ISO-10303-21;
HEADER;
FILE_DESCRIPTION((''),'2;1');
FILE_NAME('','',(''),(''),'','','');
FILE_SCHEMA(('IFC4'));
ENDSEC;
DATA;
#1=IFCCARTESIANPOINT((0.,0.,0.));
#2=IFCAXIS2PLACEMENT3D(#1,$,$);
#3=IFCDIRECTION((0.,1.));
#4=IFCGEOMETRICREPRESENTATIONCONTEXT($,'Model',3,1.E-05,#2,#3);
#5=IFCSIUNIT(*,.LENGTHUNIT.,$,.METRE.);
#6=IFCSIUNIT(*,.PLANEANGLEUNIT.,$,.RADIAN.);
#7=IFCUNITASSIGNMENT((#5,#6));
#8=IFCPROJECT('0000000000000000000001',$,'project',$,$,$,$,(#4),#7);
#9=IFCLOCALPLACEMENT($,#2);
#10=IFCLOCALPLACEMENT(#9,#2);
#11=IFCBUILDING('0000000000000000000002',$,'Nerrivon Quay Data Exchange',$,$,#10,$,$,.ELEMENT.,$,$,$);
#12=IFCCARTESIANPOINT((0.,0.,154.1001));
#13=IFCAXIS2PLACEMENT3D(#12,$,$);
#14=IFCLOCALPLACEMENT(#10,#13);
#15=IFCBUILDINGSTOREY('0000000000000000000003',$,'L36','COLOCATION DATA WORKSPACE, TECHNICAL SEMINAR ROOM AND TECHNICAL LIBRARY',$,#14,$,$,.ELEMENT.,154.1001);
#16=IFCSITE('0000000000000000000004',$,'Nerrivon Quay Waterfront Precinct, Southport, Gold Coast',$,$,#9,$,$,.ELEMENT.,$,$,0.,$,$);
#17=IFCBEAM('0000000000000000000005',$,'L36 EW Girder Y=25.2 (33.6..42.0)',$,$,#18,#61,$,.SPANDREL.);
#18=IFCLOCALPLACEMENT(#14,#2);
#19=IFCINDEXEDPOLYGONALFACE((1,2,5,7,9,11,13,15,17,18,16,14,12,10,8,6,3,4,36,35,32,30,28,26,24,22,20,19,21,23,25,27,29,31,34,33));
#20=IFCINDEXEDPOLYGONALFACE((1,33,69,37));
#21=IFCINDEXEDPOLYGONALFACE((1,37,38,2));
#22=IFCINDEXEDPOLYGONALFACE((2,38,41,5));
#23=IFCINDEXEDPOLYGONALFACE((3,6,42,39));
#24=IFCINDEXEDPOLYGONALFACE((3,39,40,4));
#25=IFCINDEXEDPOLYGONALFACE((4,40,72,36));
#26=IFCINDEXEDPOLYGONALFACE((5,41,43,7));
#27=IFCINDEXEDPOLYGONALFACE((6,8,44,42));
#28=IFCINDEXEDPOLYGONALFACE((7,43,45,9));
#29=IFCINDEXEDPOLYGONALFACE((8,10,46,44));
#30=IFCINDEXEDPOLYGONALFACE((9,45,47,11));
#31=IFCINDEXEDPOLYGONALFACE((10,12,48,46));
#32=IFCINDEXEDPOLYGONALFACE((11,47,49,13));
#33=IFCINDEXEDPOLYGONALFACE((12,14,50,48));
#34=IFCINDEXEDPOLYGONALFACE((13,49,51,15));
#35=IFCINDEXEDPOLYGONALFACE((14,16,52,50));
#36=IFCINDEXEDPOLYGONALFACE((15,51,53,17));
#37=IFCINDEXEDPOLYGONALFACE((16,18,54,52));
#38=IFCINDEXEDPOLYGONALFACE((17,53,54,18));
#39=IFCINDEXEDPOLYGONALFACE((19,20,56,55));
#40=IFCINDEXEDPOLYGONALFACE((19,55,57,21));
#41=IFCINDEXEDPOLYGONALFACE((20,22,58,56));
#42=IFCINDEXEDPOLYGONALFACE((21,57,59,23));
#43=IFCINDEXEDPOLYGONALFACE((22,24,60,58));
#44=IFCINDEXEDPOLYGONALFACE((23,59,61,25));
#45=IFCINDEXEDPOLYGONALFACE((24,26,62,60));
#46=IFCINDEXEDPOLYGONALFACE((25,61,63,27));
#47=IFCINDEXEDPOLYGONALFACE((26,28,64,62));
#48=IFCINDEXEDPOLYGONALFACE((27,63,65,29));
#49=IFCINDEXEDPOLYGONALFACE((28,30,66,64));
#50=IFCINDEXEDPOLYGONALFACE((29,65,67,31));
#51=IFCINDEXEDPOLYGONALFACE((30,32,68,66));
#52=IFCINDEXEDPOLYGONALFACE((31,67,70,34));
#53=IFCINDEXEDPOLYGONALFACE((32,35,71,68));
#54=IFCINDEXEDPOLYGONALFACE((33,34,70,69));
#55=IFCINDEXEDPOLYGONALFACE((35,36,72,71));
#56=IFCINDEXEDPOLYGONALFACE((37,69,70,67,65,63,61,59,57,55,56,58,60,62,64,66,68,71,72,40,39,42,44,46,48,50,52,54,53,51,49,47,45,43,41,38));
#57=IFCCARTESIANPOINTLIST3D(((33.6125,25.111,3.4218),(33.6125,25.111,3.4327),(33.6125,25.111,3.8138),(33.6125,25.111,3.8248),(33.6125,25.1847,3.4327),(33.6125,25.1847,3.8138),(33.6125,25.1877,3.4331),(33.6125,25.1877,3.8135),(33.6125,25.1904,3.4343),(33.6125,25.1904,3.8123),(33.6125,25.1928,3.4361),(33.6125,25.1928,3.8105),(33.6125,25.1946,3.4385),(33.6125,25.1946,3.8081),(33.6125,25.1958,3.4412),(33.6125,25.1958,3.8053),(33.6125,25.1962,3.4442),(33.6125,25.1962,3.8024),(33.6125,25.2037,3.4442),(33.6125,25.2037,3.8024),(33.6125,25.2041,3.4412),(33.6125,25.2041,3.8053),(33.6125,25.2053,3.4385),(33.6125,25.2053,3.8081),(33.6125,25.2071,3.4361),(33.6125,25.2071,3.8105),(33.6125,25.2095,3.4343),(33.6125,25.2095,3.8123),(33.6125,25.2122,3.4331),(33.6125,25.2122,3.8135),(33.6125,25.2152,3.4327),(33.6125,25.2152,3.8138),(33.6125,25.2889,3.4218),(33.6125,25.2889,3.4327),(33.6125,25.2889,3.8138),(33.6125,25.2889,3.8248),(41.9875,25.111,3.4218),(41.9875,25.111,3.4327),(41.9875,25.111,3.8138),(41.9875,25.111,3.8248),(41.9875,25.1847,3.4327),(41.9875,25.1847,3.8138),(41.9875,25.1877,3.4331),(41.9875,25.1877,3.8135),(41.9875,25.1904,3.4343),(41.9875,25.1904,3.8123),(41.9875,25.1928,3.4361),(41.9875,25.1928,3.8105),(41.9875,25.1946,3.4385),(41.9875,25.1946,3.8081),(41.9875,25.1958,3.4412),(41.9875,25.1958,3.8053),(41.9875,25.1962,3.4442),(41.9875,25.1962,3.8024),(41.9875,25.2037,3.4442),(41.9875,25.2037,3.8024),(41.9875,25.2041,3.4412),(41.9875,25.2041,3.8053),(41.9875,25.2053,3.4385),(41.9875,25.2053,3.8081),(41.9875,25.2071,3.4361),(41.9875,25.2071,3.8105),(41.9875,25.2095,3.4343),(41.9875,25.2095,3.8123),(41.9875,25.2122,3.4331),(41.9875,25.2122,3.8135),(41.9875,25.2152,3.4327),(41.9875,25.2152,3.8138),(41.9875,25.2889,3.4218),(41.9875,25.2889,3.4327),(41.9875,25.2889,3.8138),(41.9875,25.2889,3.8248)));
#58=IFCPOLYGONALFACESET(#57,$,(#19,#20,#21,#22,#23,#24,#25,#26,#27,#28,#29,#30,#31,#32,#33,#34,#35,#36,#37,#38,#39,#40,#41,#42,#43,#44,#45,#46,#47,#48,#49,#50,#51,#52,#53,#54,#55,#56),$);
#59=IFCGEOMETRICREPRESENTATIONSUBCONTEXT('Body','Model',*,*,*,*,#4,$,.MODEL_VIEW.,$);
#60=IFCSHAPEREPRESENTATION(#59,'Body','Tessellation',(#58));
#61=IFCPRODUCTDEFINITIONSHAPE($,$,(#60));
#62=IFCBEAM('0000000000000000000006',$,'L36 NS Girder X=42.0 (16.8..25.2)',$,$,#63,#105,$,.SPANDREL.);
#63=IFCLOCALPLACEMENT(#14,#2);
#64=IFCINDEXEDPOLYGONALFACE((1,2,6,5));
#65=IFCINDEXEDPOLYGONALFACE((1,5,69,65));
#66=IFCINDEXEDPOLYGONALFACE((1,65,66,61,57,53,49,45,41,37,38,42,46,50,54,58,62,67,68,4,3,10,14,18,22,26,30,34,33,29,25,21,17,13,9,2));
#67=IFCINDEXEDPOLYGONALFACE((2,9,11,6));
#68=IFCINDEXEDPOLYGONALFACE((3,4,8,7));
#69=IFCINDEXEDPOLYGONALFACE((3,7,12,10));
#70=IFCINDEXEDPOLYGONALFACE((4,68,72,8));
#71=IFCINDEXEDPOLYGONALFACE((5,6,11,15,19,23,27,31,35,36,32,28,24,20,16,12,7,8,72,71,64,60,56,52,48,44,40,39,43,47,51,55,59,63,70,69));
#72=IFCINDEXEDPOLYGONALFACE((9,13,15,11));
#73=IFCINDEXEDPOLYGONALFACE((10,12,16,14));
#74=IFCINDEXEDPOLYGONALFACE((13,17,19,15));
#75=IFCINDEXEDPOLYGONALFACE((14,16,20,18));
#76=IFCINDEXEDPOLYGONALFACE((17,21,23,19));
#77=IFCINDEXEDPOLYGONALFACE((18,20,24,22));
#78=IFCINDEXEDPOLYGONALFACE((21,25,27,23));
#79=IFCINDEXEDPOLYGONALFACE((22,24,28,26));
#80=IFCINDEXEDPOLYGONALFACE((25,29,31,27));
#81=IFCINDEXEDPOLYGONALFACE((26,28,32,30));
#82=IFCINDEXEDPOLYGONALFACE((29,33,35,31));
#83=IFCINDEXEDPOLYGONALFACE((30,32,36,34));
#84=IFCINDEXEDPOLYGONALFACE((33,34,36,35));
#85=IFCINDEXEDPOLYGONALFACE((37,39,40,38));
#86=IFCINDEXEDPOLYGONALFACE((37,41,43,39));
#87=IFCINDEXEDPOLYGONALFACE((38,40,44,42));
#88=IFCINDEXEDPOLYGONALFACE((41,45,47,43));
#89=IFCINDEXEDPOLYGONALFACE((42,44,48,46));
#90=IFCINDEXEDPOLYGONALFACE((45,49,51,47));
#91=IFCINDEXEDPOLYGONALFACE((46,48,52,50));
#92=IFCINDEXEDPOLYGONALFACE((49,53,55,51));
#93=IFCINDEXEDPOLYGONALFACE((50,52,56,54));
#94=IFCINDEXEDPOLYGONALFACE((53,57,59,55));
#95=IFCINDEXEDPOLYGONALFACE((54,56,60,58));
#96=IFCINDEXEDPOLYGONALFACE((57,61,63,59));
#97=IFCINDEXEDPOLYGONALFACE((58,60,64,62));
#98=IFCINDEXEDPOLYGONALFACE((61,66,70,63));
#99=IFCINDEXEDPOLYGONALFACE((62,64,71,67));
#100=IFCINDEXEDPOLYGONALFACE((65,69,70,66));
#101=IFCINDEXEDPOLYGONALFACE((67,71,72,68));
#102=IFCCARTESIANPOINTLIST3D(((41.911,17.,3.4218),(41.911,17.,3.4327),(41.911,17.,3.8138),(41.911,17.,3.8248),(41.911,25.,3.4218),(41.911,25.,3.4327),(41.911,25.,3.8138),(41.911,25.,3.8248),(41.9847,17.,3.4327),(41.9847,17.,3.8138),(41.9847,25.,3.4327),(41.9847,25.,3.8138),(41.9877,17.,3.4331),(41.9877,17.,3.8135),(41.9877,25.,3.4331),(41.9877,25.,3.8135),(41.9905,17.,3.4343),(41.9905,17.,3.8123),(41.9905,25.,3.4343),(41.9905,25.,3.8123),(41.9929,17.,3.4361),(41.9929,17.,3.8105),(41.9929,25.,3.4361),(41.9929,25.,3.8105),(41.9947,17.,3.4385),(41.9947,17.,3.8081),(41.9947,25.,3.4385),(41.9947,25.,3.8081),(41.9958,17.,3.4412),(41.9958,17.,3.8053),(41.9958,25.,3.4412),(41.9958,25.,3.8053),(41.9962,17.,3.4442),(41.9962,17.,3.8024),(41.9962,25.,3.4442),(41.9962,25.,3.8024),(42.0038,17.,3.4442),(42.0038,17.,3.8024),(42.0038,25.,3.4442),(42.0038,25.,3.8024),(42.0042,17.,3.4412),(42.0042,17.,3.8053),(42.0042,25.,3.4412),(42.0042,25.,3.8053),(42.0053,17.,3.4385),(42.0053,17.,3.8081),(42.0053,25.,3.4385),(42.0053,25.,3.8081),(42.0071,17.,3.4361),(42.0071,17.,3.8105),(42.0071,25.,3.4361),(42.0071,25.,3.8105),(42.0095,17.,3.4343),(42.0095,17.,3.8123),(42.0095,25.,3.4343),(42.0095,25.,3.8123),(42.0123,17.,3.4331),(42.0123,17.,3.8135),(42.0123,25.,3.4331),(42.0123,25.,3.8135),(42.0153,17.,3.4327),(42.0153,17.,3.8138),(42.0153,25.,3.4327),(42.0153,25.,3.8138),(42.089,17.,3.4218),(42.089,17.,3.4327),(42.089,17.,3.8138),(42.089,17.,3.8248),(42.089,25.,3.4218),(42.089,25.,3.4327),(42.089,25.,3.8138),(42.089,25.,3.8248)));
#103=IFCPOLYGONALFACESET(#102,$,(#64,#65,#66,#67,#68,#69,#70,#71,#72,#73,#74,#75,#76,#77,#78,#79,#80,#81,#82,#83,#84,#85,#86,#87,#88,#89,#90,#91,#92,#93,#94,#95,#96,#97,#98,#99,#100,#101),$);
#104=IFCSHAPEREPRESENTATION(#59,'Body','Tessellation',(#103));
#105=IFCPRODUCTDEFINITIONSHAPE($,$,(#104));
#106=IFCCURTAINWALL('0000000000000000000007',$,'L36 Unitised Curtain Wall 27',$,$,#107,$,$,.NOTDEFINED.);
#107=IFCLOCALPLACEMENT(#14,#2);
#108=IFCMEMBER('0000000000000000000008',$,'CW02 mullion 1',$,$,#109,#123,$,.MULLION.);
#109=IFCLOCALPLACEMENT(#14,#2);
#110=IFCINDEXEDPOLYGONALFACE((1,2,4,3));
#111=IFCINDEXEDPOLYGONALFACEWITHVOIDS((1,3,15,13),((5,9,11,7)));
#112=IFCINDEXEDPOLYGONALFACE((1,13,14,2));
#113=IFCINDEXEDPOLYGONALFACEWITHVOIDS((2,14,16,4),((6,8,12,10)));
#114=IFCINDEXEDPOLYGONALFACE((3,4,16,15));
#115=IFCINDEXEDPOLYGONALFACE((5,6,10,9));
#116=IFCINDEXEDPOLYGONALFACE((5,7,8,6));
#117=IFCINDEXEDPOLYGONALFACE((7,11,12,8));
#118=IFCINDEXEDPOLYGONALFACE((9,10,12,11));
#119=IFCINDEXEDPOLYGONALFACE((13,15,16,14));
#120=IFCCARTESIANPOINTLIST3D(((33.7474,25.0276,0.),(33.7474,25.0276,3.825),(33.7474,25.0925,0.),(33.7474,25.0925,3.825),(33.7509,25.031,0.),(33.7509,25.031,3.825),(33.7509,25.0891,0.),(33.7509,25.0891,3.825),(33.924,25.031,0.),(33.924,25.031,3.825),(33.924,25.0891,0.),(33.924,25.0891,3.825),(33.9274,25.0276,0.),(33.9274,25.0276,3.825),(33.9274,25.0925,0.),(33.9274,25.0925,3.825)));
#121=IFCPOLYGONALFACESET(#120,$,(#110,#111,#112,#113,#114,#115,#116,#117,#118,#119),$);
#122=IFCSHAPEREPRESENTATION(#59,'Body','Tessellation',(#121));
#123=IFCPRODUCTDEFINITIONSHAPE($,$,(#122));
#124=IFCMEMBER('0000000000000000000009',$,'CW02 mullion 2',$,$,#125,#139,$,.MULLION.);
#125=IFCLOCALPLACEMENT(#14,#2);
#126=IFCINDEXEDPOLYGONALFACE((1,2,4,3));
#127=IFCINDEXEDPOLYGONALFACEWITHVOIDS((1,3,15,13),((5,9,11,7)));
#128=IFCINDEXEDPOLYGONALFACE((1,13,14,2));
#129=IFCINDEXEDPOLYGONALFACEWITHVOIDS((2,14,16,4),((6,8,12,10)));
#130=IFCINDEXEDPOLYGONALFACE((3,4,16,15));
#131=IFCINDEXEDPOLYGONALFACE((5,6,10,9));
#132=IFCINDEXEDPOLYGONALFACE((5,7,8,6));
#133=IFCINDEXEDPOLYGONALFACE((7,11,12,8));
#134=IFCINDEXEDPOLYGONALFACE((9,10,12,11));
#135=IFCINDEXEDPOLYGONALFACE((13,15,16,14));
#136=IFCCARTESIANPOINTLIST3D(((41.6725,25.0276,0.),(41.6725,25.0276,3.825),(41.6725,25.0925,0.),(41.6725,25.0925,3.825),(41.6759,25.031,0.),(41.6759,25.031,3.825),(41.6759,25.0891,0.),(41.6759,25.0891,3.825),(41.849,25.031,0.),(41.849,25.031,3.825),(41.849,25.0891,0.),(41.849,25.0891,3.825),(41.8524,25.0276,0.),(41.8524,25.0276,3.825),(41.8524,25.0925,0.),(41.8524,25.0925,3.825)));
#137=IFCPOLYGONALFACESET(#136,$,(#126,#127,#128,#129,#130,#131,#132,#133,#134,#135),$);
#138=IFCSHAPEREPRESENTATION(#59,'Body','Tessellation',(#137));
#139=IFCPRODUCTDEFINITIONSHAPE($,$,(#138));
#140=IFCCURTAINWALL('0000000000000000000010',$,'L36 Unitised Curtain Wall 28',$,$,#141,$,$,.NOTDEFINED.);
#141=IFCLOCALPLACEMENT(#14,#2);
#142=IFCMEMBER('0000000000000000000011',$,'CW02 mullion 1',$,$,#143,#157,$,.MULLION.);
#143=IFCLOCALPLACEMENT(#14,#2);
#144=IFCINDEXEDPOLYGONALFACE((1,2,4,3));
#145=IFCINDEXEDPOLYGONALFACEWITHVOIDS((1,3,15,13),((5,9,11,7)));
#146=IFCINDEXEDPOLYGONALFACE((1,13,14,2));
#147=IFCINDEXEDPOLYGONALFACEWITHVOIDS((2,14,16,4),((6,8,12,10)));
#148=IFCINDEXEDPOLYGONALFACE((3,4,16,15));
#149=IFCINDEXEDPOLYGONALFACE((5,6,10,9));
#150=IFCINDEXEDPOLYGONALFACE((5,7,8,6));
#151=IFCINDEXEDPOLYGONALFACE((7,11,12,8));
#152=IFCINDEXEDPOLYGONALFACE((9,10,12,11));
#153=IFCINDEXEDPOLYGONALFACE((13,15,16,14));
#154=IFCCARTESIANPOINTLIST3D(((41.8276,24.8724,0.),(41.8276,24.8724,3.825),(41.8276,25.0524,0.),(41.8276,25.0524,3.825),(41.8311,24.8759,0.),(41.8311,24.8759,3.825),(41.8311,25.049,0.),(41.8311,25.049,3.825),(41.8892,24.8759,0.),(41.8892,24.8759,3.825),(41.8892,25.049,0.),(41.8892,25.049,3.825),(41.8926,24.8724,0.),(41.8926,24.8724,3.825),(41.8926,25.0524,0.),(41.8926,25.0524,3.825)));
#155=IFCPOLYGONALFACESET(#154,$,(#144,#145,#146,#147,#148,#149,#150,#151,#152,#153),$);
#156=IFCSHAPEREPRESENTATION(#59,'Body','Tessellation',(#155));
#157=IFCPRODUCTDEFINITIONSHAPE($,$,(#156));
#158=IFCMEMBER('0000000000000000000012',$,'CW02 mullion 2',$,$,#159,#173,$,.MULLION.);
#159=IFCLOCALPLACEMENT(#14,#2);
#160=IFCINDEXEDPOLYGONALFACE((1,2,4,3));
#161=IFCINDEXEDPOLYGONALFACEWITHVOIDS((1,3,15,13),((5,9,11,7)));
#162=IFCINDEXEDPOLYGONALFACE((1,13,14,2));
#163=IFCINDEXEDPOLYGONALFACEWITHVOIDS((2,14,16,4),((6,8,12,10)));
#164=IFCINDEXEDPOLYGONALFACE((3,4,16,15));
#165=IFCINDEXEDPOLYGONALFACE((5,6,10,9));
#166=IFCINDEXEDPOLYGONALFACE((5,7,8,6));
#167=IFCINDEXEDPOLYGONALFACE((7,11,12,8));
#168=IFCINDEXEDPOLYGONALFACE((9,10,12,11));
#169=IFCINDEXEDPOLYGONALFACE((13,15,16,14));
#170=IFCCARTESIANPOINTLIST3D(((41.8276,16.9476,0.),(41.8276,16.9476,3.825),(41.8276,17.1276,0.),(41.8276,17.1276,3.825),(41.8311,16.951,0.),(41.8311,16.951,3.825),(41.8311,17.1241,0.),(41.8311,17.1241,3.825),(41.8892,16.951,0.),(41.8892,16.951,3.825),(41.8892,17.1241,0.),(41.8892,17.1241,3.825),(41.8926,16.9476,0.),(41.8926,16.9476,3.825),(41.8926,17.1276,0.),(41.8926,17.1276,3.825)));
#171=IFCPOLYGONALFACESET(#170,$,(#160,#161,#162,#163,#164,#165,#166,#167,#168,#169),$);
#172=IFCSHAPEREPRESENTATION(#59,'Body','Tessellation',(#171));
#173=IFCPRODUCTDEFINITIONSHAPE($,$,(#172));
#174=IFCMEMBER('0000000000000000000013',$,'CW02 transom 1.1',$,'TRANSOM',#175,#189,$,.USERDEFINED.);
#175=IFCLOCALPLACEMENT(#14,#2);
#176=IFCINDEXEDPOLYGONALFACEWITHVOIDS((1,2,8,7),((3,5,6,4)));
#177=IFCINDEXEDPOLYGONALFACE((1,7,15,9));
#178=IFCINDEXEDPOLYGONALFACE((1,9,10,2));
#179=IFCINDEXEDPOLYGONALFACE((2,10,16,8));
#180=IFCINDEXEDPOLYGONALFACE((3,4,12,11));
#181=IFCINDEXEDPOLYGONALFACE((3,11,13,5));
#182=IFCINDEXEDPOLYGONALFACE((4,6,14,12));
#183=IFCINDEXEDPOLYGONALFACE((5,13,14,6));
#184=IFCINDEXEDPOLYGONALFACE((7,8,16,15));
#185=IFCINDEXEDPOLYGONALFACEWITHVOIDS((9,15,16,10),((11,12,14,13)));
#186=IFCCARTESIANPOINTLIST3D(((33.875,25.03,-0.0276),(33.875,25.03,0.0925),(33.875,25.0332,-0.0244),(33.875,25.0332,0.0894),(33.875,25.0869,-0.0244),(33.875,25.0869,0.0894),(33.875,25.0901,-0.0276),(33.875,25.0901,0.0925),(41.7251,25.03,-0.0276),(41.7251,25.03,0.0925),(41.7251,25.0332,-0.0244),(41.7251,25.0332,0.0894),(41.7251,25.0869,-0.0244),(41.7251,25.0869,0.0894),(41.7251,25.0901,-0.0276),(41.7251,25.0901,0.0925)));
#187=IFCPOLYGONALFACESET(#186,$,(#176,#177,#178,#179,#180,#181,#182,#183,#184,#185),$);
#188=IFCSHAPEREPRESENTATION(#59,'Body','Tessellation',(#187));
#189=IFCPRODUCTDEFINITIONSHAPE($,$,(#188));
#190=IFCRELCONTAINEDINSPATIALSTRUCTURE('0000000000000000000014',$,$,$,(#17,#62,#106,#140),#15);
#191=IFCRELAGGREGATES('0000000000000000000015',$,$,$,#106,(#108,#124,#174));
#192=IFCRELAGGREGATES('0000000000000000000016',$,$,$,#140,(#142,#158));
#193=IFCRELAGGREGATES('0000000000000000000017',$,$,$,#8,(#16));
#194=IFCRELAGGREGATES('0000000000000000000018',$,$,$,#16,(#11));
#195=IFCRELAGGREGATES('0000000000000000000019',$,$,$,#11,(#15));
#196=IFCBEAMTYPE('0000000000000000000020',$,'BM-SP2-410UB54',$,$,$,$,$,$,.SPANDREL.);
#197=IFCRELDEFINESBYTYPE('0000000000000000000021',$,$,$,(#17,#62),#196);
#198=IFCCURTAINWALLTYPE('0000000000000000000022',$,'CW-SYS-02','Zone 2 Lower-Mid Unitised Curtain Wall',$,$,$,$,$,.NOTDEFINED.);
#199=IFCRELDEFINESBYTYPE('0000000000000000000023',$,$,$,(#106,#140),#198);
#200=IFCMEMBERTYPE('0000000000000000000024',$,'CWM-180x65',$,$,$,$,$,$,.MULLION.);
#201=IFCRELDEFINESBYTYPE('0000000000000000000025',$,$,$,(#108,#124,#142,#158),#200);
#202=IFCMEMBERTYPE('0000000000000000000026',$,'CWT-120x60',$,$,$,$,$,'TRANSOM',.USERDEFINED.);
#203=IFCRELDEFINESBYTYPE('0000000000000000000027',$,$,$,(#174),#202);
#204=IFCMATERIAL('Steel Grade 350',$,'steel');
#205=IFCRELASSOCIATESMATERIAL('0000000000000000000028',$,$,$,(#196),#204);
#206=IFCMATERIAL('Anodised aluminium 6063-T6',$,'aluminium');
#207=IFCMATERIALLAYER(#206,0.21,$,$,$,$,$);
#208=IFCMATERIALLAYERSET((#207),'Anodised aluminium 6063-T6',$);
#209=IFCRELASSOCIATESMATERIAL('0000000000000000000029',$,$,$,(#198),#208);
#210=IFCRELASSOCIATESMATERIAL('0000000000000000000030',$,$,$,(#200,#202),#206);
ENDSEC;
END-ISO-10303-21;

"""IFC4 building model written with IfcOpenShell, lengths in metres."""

from ifc_helpers import new_model, si_unit, direction, frame, origin, origin_2d, place, context, subcontext, project, spatial, hollow_rectangle, i_section, extrude, material, layer, layer_set, material_profile, profile_set, type_object, element, aggregate, save


model = new_model("IFC4")

# Units and contexts
model_context = context("Model", 3, precision=1e-05, world=origin(), true_north=direction((0.0, 1.0)))
body_context = subcontext(model_context, "Body", "Model", "MODEL_VIEW")
ifc_project = project(units=[si_unit("LENGTHUNIT", "METRE"), si_unit("PLANEANGLEUNIT", "RADIAN")], contexts=[model_context])

# Site, building, storey
site_placement = place(None, origin())
site = spatial("IfcSite", under=ifc_project, at=site_placement, Name="Nerrivon Quay Waterfront Precinct, Southport, Gold Coast", CompositionType="ELEMENT", RefElevation=0.0)
building_placement = place(site_placement, origin())
building = spatial("IfcBuilding", under=site, at=building_placement, Name="Nerrivon Quay Data Exchange", CompositionType="ELEMENT")
storey_placement = place(building_placement, frame((0.0, 0.0, 154.1001)))
storey = spatial("IfcBuildingStorey", under=building, at=storey_placement, Name="L36", Description="COLOCATION DATA WORKSPACE, TECHNICAL SEMINAR ROOM AND TECHNICAL LIBRARY", CompositionType="ELEMENT", Elevation=154.1001)

# Shared definitions
ifc_material_1 = material(Name="Steel Grade 350", Category="steel")

# Beams
ifc_material_profile_1 = material_profile(ifc_material_1, i_section(OverallWidth=0.178, OverallDepth=0.4031, WebThickness=0.0076, FlangeThickness=0.011, FilletRadius=0.0115, at=origin_2d()), Name="410UB53.7")
ifc_profile_set_1 = profile_set([ifc_material_profile_1], Name="Steel Grade 350")
beam_type_1 = type_object("IfcBeamType", Name="BM-SP2-410UB54", PredefinedType="SPANDREL", material=ifc_profile_set_1)
beam_1_placement = place(storey_placement, frame((33.6125, 25.2, 3.6233), z_axis=(1.0, 0.0, 0.0), x_axis=(0.0, 1.0, 0.0)))
element("IfcBeam", 1, at=beam_1_placement, inside=storey, type_object=beam_type_1, Name="L36 EW Girder Y=25.2 (33.6..42.0)", PredefinedType="SPANDREL", context=body_context, shape_type="SweptSolid", body=[
    extrude(i_section(OverallWidth=0.178, OverallDepth=0.4031, WebThickness=0.0076, FlangeThickness=0.011, FilletRadius=0.0115, at=origin_2d()), origin(), (0.0, 0.0, 1.0), 8.375),
])
beam_2_placement = place(storey_placement, frame((42.0, 17.0, 3.6233), z_axis=(0.0, 1.0, 0.0), x_axis=(-1.0, 0.0, 0.0)))
element("IfcBeam", 2, at=beam_2_placement, inside=storey, type_object=beam_type_1, Name="L36 NS Girder X=42.0 (16.8..25.2)", PredefinedType="SPANDREL", context=body_context, shape_type="SweptSolid", body=[
    extrude(i_section(OverallWidth=0.178, OverallDepth=0.4031, WebThickness=0.0076, FlangeThickness=0.011, FilletRadius=0.0115, at=origin_2d()), origin(), (0.0, 0.0, 1.0), 8.0),
])

# Curtain walls, members
ifc_material_2 = material(Name="Anodised aluminium 6063-T6", Category="aluminium")
ifc_layer_1 = layer(ifc_material_2, 0.21)
ifc_layer_set_1 = layer_set([ifc_layer_1], Name="Anodised aluminium 6063-T6")
curtain_wall_type = type_object("IfcCurtainWallType", Name="CW-SYS-02", Description="Zone 2 Lower-Mid Unitised Curtain Wall", PredefinedType="NOTDEFINED", material=ifc_layer_set_1)
curtain_wall_1_placement = place(storey_placement, origin())
curtain_wall_1 = element("IfcCurtainWall", 3, at=curtain_wall_1_placement, inside=storey, type_object=curtain_wall_type, Name="L36 Unitised Curtain Wall 27", PredefinedType="NOTDEFINED")
ifc_material_profile_2 = material_profile(ifc_material_2, hollow_rectangle(XDim=0.0649, YDim=0.1799, WallThickness=0.0034, at=origin_2d()), Name="ALU-MULL-180x65")
ifc_profile_set_2 = profile_set([ifc_material_profile_2], Name="Anodised aluminium 6063-T6")
member_type_1 = type_object("IfcMemberType", Name="CWM-180x65", PredefinedType="MULLION", material=ifc_profile_set_2)
member_1_placement = place(storey_placement, frame((33.8374, 25.0601, 0.0), z_axis=(0.0, 0.0, 1.0), x_axis=(0.0, 1.0, 0.0)))
member_1 = element("IfcMember", 4, at=member_1_placement, type_object=member_type_1, Name="CW02 mullion 1", PredefinedType="MULLION", context=body_context, shape_type="SweptSolid", body=[
    extrude(hollow_rectangle(XDim=0.0649, YDim=0.1799, WallThickness=0.0034, at=origin_2d()), origin(), (0.0, 0.0, 1.0), 3.825),
])
member_2_placement = place(storey_placement, frame((41.7625, 25.0601, 0.0), z_axis=(0.0, 0.0, 1.0), x_axis=(0.0, 1.0, 0.0)))
member_2 = element("IfcMember", 5, at=member_2_placement, type_object=member_type_1, Name="CW02 mullion 2", PredefinedType="MULLION", context=body_context, shape_type="SweptSolid", body=[
    extrude(hollow_rectangle(XDim=0.0649, YDim=0.1799, WallThickness=0.0034, at=origin_2d()), origin(), (0.0, 0.0, 1.0), 3.825),
])
curtain_wall_2_placement = place(storey_placement, origin())
curtain_wall_2 = element("IfcCurtainWall", 6, at=curtain_wall_2_placement, inside=storey, type_object=curtain_wall_type, Name="L36 Unitised Curtain Wall 28", PredefinedType="NOTDEFINED")
member_3_placement = place(storey_placement, frame((41.8601, 24.9624, 0.0), z_axis=(0.0, 0.0, 1.0), x_axis=(1.0, 0.0, 0.0)))
member_3 = element("IfcMember", 7, at=member_3_placement, type_object=member_type_1, Name="CW02 mullion 1", PredefinedType="MULLION", context=body_context, shape_type="SweptSolid", body=[
    extrude(hollow_rectangle(XDim=0.0649, YDim=0.1799, WallThickness=0.0034, at=origin_2d()), origin(), (0.0, 0.0, 1.0), 3.825),
])
member_4_placement = place(storey_placement, frame((41.8601, 17.0376, 0.0), z_axis=(0.0, 0.0, 1.0), x_axis=(1.0, 0.0, 0.0)))
member_4 = element("IfcMember", 8, at=member_4_placement, type_object=member_type_1, Name="CW02 mullion 2", PredefinedType="MULLION", context=body_context, shape_type="SweptSolid", body=[
    extrude(hollow_rectangle(XDim=0.0649, YDim=0.1799, WallThickness=0.0034, at=origin_2d()), origin(), (0.0, 0.0, 1.0), 3.825),
])

# Member
ifc_material_profile_3 = material_profile(ifc_material_2, hollow_rectangle(XDim=0.0601, YDim=0.1201, WallThickness=0.0032, at=origin_2d()), Name="ALU-TRAN-120x60")
ifc_profile_set_3 = profile_set([ifc_material_profile_3], Name="Anodised aluminium 6063-T6")
member_type_2 = type_object("IfcMemberType", Name="CWT-120x60", ElementType="TRANSOM", PredefinedType="USERDEFINED", material=ifc_profile_set_3)
member_5_placement = place(storey_placement, frame((33.875, 25.0601, 0.0325), z_axis=(1.0, 0.0, 0.0), x_axis=(0.0, 1.0, 0.0)))
member_5 = element("IfcMember", 9, at=member_5_placement, type_object=member_type_2, Name="CW02 transom 1.1", ObjectType="TRANSOM", PredefinedType="USERDEFINED", context=body_context, shape_type="SweptSolid", body=[
    extrude(hollow_rectangle(XDim=0.0601, YDim=0.1201, WallThickness=0.0032, at=origin_2d()), origin(), (0.0, 0.0, 1.0), 7.8501),
])

aggregate(curtain_wall_1, [member_1, member_2, member_5])
aggregate(curtain_wall_2, [member_3, member_4])

save(model, "model.ifc")
